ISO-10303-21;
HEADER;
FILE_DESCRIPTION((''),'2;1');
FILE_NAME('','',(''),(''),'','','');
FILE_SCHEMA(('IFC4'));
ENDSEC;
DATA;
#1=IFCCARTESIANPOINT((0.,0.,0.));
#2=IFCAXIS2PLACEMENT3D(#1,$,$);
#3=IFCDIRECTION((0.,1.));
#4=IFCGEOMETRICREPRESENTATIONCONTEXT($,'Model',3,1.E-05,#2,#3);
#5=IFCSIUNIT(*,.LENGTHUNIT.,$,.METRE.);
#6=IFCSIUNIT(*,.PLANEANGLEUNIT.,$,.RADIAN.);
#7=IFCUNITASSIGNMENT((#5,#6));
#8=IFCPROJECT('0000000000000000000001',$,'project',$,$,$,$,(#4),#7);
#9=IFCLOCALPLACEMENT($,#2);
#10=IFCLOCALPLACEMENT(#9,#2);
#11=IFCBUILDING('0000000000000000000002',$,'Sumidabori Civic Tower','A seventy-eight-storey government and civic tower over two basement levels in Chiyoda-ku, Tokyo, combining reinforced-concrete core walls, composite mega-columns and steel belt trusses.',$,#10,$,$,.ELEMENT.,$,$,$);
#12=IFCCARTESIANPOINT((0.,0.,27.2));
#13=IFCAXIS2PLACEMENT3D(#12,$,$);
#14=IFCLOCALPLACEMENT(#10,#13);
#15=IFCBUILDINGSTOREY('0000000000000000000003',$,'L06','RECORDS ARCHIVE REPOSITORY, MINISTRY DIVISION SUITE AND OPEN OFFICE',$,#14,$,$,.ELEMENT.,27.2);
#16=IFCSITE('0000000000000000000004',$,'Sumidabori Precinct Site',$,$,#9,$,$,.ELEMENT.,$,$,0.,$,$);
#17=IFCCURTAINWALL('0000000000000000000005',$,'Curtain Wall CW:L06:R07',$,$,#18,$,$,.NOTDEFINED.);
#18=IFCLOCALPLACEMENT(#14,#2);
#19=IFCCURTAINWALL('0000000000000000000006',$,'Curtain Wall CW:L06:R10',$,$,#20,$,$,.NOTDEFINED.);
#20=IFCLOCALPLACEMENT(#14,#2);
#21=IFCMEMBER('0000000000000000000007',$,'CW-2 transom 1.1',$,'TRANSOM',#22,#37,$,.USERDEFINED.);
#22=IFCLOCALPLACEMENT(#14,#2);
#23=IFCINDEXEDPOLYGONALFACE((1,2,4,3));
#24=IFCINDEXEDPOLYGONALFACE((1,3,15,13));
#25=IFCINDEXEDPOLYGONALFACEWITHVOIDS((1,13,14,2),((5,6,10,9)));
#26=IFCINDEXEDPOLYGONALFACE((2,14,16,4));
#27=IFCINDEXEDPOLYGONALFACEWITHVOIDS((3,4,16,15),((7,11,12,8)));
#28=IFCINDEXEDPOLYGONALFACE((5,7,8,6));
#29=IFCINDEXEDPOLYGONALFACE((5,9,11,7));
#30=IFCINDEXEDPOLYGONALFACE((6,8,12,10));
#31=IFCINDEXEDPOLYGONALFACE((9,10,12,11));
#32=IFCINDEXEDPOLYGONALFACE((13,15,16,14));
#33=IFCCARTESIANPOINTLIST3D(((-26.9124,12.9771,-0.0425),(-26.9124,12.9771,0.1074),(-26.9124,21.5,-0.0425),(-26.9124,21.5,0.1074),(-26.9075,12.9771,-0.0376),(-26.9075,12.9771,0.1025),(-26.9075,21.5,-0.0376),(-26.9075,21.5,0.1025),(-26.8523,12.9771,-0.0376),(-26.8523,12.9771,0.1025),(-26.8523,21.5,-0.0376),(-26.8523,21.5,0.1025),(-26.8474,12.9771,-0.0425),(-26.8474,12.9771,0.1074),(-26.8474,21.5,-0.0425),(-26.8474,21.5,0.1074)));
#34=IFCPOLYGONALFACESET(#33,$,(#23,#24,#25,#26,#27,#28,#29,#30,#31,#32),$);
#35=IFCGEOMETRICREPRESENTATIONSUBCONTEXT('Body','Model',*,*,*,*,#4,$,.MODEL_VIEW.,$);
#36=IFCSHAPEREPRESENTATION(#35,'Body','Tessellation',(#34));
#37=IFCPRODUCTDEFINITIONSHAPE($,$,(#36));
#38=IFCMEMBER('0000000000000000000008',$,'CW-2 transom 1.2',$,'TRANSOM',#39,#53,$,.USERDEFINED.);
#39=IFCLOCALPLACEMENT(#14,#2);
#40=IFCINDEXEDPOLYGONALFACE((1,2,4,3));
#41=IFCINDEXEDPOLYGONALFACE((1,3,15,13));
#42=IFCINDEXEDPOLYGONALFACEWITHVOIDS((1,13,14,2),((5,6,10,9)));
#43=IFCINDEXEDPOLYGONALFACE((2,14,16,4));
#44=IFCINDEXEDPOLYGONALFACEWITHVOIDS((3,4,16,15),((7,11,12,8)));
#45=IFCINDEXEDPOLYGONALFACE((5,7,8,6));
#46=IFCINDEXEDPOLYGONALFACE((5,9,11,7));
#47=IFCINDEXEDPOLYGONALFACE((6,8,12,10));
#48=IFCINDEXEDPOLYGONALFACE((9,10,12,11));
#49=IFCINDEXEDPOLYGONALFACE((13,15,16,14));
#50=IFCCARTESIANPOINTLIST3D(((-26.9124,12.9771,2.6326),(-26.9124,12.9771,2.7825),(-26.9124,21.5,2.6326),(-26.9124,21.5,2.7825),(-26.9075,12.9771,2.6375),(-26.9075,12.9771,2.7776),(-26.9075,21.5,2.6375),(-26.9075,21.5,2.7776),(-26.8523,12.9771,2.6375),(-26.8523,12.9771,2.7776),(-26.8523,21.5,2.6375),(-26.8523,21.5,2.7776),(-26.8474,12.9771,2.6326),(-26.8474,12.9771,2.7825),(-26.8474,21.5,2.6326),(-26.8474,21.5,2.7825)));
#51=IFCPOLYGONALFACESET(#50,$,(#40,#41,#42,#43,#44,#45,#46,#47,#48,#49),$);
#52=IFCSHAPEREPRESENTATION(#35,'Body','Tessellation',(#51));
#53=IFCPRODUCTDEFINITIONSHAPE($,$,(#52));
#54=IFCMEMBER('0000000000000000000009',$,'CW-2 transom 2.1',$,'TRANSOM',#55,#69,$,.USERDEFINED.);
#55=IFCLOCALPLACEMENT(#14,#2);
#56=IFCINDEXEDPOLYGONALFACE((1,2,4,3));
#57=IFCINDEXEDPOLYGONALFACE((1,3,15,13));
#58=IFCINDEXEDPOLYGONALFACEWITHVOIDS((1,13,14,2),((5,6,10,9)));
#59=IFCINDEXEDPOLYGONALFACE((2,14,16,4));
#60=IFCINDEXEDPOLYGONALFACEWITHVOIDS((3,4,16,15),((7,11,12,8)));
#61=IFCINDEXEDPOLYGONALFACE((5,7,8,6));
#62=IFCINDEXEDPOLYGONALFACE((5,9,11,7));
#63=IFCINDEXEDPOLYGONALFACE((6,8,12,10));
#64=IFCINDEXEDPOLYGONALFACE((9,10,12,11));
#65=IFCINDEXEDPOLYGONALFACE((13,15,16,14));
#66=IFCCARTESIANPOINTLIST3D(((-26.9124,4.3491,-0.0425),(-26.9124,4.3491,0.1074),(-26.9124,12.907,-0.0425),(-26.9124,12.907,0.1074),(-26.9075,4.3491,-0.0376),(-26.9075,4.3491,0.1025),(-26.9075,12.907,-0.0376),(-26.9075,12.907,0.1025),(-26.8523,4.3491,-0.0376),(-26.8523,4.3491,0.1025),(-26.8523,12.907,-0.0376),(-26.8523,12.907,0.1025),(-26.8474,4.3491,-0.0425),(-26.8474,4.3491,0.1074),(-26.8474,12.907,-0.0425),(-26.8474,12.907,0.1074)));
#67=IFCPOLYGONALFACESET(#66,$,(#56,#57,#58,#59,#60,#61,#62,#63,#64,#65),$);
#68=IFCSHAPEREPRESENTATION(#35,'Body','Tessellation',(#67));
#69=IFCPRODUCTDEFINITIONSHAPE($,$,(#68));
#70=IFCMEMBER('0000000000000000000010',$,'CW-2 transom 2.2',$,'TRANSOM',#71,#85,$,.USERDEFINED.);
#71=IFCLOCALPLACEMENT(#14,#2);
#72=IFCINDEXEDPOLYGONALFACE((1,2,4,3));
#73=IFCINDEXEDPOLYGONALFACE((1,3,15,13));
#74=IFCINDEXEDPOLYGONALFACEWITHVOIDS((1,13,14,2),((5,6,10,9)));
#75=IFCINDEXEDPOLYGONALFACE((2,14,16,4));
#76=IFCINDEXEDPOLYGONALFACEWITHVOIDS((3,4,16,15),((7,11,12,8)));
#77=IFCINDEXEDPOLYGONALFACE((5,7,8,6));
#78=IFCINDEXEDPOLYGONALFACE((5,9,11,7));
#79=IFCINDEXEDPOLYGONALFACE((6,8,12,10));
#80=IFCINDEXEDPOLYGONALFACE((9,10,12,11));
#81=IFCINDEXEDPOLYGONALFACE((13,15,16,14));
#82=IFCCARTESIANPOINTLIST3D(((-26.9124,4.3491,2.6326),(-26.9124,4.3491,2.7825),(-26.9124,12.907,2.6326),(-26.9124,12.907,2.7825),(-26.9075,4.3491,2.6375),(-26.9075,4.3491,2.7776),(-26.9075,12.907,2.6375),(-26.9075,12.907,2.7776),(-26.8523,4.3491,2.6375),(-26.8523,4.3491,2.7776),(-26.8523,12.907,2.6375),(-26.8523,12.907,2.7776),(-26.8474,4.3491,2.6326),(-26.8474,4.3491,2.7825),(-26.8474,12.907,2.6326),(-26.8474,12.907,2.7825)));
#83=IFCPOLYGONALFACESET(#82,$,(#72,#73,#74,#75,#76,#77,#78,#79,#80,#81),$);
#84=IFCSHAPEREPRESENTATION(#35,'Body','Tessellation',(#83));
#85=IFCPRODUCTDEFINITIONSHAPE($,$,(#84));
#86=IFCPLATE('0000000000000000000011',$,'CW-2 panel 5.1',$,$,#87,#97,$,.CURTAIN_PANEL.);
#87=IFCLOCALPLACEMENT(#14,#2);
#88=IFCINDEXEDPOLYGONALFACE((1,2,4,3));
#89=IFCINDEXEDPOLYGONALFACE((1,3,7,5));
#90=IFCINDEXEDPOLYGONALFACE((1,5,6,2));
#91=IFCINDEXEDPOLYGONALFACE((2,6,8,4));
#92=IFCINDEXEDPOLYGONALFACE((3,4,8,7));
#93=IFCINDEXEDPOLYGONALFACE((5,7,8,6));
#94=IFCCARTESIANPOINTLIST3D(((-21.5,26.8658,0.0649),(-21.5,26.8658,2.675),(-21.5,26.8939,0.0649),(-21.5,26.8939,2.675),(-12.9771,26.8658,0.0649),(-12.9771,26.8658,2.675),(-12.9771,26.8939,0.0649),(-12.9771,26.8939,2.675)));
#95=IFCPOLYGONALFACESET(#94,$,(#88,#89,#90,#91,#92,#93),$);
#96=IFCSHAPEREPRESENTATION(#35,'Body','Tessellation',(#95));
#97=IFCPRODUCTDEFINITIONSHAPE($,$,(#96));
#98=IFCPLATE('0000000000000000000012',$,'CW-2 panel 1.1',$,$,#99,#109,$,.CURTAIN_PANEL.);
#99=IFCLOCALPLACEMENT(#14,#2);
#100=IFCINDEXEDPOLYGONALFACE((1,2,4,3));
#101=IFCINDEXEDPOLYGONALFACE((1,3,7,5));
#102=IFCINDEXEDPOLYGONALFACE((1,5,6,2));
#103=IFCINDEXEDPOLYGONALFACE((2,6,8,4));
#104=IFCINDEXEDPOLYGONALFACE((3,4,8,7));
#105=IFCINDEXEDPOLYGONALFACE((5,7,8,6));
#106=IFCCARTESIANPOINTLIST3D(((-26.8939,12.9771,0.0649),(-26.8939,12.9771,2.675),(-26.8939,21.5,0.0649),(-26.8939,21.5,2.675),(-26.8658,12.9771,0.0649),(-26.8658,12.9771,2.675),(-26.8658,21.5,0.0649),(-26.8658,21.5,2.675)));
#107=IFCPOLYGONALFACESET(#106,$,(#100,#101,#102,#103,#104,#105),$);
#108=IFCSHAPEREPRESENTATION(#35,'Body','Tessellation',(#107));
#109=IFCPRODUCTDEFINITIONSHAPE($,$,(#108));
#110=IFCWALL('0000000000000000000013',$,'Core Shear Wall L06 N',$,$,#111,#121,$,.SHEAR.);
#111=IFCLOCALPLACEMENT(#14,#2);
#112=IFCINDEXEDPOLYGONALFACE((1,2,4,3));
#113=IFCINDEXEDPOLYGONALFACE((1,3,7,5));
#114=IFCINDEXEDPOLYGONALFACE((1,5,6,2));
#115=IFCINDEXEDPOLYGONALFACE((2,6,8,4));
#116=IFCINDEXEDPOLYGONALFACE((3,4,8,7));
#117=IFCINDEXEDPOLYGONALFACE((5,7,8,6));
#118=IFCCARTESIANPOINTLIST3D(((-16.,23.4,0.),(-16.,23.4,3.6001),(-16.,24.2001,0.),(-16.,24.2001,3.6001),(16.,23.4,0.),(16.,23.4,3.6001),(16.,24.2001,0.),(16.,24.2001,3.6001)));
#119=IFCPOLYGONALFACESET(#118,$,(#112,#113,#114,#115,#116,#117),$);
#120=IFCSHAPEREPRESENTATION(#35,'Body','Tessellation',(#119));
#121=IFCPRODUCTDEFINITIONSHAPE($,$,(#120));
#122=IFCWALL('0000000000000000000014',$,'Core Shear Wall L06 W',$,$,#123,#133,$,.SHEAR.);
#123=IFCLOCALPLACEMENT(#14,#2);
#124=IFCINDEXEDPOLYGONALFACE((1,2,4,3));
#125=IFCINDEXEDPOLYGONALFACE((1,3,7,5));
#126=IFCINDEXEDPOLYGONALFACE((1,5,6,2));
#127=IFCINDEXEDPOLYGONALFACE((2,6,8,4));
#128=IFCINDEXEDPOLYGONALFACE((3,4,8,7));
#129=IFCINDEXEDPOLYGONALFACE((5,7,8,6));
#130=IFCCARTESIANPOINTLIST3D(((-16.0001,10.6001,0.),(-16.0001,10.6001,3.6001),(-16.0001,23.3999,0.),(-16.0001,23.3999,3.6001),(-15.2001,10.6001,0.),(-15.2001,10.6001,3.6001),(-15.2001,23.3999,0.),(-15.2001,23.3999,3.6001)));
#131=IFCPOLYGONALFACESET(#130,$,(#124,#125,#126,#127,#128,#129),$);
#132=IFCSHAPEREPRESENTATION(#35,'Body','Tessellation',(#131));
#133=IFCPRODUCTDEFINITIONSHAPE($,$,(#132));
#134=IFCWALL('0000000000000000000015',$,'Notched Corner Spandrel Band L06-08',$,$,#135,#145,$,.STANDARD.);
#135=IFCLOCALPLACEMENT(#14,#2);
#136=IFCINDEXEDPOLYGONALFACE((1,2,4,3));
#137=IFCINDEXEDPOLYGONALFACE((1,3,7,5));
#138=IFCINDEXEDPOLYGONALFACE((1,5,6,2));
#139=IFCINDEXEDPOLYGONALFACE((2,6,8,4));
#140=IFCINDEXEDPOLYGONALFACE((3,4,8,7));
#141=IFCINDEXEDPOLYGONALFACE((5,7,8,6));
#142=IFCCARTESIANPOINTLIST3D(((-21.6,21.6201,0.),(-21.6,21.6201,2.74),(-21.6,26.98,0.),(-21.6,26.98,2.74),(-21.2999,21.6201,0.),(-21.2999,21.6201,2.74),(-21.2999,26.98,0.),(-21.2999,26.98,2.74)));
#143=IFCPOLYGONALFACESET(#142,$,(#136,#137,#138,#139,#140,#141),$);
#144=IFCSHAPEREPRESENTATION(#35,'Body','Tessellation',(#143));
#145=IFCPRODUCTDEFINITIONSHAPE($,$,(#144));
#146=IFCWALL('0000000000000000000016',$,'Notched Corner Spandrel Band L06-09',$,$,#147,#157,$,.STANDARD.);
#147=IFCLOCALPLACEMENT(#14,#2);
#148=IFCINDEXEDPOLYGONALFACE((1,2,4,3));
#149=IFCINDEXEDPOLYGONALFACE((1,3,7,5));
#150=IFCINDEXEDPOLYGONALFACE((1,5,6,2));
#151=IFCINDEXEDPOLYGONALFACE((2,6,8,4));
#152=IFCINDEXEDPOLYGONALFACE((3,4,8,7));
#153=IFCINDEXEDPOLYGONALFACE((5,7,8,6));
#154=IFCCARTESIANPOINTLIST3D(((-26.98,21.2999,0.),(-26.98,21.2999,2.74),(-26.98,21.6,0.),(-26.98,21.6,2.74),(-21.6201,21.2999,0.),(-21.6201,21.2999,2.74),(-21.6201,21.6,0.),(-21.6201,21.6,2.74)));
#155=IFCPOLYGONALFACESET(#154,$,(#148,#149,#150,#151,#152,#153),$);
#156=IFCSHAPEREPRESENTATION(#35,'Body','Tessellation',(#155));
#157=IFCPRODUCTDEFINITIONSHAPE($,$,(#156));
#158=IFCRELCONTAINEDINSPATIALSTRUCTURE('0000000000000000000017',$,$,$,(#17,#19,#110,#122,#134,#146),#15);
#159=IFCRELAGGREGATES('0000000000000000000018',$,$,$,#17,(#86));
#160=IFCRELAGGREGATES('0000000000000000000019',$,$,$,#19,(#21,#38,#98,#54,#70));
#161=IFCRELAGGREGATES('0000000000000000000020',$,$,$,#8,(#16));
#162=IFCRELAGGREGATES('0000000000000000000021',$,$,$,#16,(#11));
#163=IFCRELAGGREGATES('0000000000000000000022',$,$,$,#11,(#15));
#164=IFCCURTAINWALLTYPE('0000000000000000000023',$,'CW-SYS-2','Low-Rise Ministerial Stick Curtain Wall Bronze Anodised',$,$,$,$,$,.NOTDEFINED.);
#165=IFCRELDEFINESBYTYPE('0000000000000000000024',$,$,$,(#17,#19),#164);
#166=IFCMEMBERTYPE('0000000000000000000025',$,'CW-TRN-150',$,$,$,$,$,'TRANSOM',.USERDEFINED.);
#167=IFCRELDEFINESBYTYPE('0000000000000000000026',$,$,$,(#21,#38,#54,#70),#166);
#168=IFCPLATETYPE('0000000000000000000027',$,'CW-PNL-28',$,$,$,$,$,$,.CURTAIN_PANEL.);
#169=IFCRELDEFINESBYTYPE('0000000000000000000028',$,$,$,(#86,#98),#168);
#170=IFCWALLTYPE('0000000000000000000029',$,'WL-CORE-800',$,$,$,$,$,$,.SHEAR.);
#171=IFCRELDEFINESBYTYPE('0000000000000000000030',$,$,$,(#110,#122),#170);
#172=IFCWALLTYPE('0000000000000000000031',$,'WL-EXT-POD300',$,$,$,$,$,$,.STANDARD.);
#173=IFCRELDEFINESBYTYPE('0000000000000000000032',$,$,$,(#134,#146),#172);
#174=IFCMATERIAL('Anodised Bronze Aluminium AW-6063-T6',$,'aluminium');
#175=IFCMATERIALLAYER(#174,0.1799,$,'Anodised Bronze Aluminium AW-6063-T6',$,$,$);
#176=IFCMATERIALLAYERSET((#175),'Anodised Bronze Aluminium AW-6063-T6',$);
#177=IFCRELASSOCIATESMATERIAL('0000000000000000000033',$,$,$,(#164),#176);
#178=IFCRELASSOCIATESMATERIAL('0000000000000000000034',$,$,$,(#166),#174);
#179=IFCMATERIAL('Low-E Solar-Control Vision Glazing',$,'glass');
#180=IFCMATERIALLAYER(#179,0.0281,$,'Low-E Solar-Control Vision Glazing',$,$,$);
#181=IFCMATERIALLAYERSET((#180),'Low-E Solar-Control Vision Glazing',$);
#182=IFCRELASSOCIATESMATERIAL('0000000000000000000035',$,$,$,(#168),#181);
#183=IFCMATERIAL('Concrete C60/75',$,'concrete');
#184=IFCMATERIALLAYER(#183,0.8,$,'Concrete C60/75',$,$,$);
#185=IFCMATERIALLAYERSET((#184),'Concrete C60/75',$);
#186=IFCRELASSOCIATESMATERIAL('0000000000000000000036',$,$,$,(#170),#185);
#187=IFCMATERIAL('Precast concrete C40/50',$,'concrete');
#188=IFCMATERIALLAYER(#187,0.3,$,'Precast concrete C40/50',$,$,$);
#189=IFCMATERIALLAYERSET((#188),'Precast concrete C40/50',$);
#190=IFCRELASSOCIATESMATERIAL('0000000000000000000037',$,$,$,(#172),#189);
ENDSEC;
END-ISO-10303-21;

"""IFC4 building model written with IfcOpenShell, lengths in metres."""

from ifc_helpers import new_model, si_unit, direction, frame, frame_2d, origin, origin_2d, place, context, subcontext, project, spatial, rectangle, hollow_rectangle, extrude, source, transform, mapped, material, layer, layer_set, material_profile, profile_set, type_object, element, aggregate, save


model = new_model("IFC4")

# Units and contexts
model_context = context("Model", 3, precision=1e-05, world=origin(), true_north=direction((0.0, 1.0)))
body_context = subcontext(model_context, "Body", "Model", "MODEL_VIEW")
ifc_project = project(units=[si_unit("LENGTHUNIT", "METRE"), si_unit("PLANEANGLEUNIT", "RADIAN")], contexts=[model_context])

# Site, building, storey
site_placement = place(None, origin())
site = spatial("IfcSite", under=ifc_project, at=site_placement, Name="Sumidabori Precinct Site", CompositionType="ELEMENT", RefElevation=0.0)
building_placement = place(site_placement, origin())
building = spatial("IfcBuilding", under=site, at=building_placement, Name="Sumidabori Civic Tower", Description="A seventy-eight-storey government and civic tower over two basement levels in Chiyoda-ku, Tokyo, combining reinforced-concrete core walls, composite mega-columns and steel belt trusses.", CompositionType="ELEMENT")
storey_placement = place(building_placement, frame((0.0, 0.0, 27.2)))
storey = spatial("IfcBuildingStorey", under=building, at=storey_placement, Name="L06", Description="RECORDS ARCHIVE REPOSITORY, MINISTRY DIVISION SUITE AND OPEN OFFICE", CompositionType="ELEMENT", Elevation=27.2)

# Shared definitions
ifc_material_1 = material(Name="Concrete C60/75", Category="concrete")

# Curtain wall
ifc_material_2 = material(Name="Anodised Bronze Aluminium AW-6063-T6", Category="aluminium")
ifc_layer_1 = layer(ifc_material_2, 0.1799, Name="Anodised Bronze Aluminium AW-6063-T6")
ifc_layer_set_1 = layer_set([ifc_layer_1], Name="Anodised Bronze Aluminium AW-6063-T6")
curtain_wall_type = type_object("IfcCurtainWallType", Name="CW-SYS-2", Description="Low-Rise Ministerial Stick Curtain Wall Bronze Anodised", PredefinedType="NOTDEFINED", material=ifc_layer_set_1)
curtain_wall_1_placement = place(storey_placement, origin())
curtain_wall_1 = element("IfcCurtainWall", 1, at=curtain_wall_1_placement, inside=storey, type_object=curtain_wall_type, Name="Curtain Wall CW:L06:R07", PredefinedType="NOTDEFINED")

# Curtain wall, members
curtain_wall_2_placement = place(storey_placement, origin())
curtain_wall_2 = element("IfcCurtainWall", 2, at=curtain_wall_2_placement, inside=storey, type_object=curtain_wall_type, Name="Curtain Wall CW:L06:R10", PredefinedType="NOTDEFINED")
ifc_material_profile_1 = material_profile(ifc_material_2, hollow_rectangle(XDim=0.0649, YDim=0.1499, WallThickness=0.0049, at=origin_2d()), Name="ALU TRANSOM 150x65")
ifc_profile_set_1 = profile_set([ifc_material_profile_1], Name="Anodised Bronze Aluminium AW-6063-T6")
member_type_1 = type_object("IfcMemberType", Name="CW-TRN-150", ElementType="TRANSOM", PredefinedType="USERDEFINED", material=ifc_profile_set_1)
shared_shape_1 = source(origin(), body_context, "Body", "SweptSolid", [
    extrude(hollow_rectangle(XDim=0.0649, YDim=0.1499, WallThickness=0.0049, at=origin_2d()), origin(), (0.0, 0.0, 1.0), 8.5229),
])
member_1_placement = place(storey_placement, frame((-26.8799, 21.5, 0.0325), z_axis=(0.0, -1.0, 0.0), x_axis=(1.0, 0.0, 0.0)))
member_1 = element("IfcMember", 3, at=member_1_placement, type_object=member_type_1, Name="CW-2 transom 1.1", ObjectType="TRANSOM", PredefinedType="USERDEFINED", context=body_context, shape_type="MappedRepresentation", body=[
    mapped(shared_shape_1, transform((0.0, 0.0, 0.0), x_axis=(1.0, 0.0, 0.0), y_axis=(0.0, 1.0, 0.0), z_axis=(0.0, 0.0, 1.0), scale=1.0)),
])
member_2_placement = place(storey_placement, frame((-26.8799, 21.5, 2.7075), z_axis=(0.0, -1.0, 0.0), x_axis=(1.0, 0.0, 0.0)))
member_2 = element("IfcMember", 4, at=member_2_placement, type_object=member_type_1, Name="CW-2 transom 1.2", ObjectType="TRANSOM", PredefinedType="USERDEFINED", context=body_context, shape_type="MappedRepresentation", body=[
    mapped(shared_shape_1, transform((0.0, 0.0, 0.0), x_axis=(1.0, 0.0, 0.0), y_axis=(0.0, 1.0, 0.0), z_axis=(0.0, 0.0, 1.0), scale=1.0)),
])
shared_shape_2 = source(origin(), body_context, "Body", "SweptSolid", [
    extrude(hollow_rectangle(XDim=0.0649, YDim=0.1499, WallThickness=0.0049, at=origin_2d()), origin(), (0.0, 0.0, 1.0), 8.5579),
])
member_3_placement = place(storey_placement, frame((-26.8799, 12.907, 0.0325), z_axis=(0.0, -1.0, 0.0), x_axis=(1.0, 0.0, 0.0)))
member_3 = element("IfcMember", 5, at=member_3_placement, type_object=member_type_1, Name="CW-2 transom 2.1", ObjectType="TRANSOM", PredefinedType="USERDEFINED", context=body_context, shape_type="MappedRepresentation", body=[
    mapped(shared_shape_2, transform((0.0, 0.0, 0.0), x_axis=(1.0, 0.0, 0.0), y_axis=(0.0, 1.0, 0.0), z_axis=(0.0, 0.0, 1.0), scale=1.0)),
])
member_4_placement = place(storey_placement, frame((-26.8799, 12.907, 2.7075), z_axis=(0.0, -1.0, 0.0), x_axis=(1.0, 0.0, 0.0)))
member_4 = element("IfcMember", 6, at=member_4_placement, type_object=member_type_1, Name="CW-2 transom 2.2", ObjectType="TRANSOM", PredefinedType="USERDEFINED", context=body_context, shape_type="MappedRepresentation", body=[
    mapped(shared_shape_2, transform((0.0, 0.0, 0.0), x_axis=(1.0, 0.0, 0.0), y_axis=(0.0, 1.0, 0.0), z_axis=(0.0, 0.0, 1.0), scale=1.0)),
])

# Plates
ifc_material_3 = material(Name="Low-E Solar-Control Vision Glazing", Category="glass")
ifc_layer_2 = layer(ifc_material_3, 0.0281, Name="Low-E Solar-Control Vision Glazing")
ifc_layer_set_2 = layer_set([ifc_layer_2], Name="Low-E Solar-Control Vision Glazing")
plate_type = type_object("IfcPlateType", Name="CW-PNL-28", PredefinedType="CURTAIN_PANEL", material=ifc_layer_set_2)
shared_shape_3 = source(origin(), body_context, "Body", "SweptSolid", [
    extrude(rectangle(XDim=8.5229, YDim=0.0281, at=origin_2d()), origin(), (0.0, 0.0, 1.0), 2.6101),
])
plate_1_placement = place(storey_placement, frame((-17.2385, 26.8799, 0.0649), z_axis=(0.0, 0.0, 1.0), x_axis=(-1.0, 0.0, 0.0)))
plate_1 = element("IfcPlate", 7, at=plate_1_placement, type_object=plate_type, Name="CW-2 panel 5.1", PredefinedType="CURTAIN_PANEL", context=body_context, shape_type="MappedRepresentation", body=[
    mapped(shared_shape_3, transform((0.0, 0.0, 0.0), x_axis=(1.0, 0.0, 0.0), y_axis=(0.0, 1.0, 0.0), z_axis=(0.0, 0.0, 1.0), scale=1.0)),
])
aggregate(curtain_wall_1, [plate_1])
plate_2_placement = place(storey_placement, frame((-26.8799, 17.2385, 0.0649), z_axis=(0.0, 0.0, 1.0), x_axis=(0.0, -1.0, 0.0)))
plate_2 = element("IfcPlate", 8, at=plate_2_placement, type_object=plate_type, Name="CW-2 panel 1.1", PredefinedType="CURTAIN_PANEL", context=body_context, shape_type="MappedRepresentation", body=[
    mapped(shared_shape_3, transform((0.0, 0.0, 0.0), x_axis=(1.0, 0.0, 0.0), y_axis=(0.0, 1.0, 0.0), z_axis=(0.0, 0.0, 1.0), scale=1.0)),
])
aggregate(curtain_wall_2, [member_1, member_2, plate_2, member_3, member_4])

# Wall
ifc_layer_3 = layer(ifc_material_1, 0.8, Name="Concrete C60/75")
ifc_layer_set_3 = layer_set([ifc_layer_3], Name="Concrete C60/75")
wall_type_1 = type_object("IfcWallType", Name="WL-CORE-800", PredefinedType="SHEAR", material=ifc_layer_set_3)
shared_shape_4 = source(origin(), body_context, "Body", "SweptSolid", [
    extrude(rectangle(XDim=32.0, YDim=0.8, at=frame_2d((16.0, 0.0))), origin(), (0.0, 0.0, 1.0), 3.6001),
])
wall_1_placement = place(storey_placement, frame((-16.0, 23.8, 0.0), z_axis=(0.0, 0.0, 1.0), x_axis=(1.0, 0.0, 0.0)))
element("IfcWall", 9, at=wall_1_placement, inside=storey, type_object=wall_type_1, Name="Core Shear Wall L06 N", PredefinedType="SHEAR", context=body_context, shape_type="MappedRepresentation", body=[
    mapped(shared_shape_4, transform((0.0, 0.0, 0.0), x_axis=(1.0, 0.0, 0.0), y_axis=(0.0, 1.0, 0.0), z_axis=(0.0, 0.0, 1.0), scale=1.0)),
])

# Walls
shared_shape_5 = source(origin(), body_context, "Body", "SweptSolid", [
    extrude(rectangle(XDim=12.7998, YDim=0.8, at=frame_2d((6.3999, 0.0))), origin(), (0.0, 0.0, 1.0), 3.6001),
])
wall_2_placement = place(storey_placement, frame((-15.6001, 10.6001, 0.0), z_axis=(0.0, 0.0, 1.0), x_axis=(0.0, 1.0, 0.0)))
element("IfcWall", 10, at=wall_2_placement, inside=storey, type_object=wall_type_1, Name="Core Shear Wall L06 W", PredefinedType="SHEAR", context=body_context, shape_type="MappedRepresentation", body=[
    mapped(shared_shape_5, transform((0.0, 0.0, 0.0), x_axis=(1.0, 0.0, 0.0), y_axis=(0.0, 1.0, 0.0), z_axis=(0.0, 0.0, 1.0), scale=1.0)),
])
ifc_material_4 = material(Name="Precast concrete C40/50", Category="concrete")
ifc_layer_4 = layer(ifc_material_4, 0.3, Name="Precast concrete C40/50")
ifc_layer_set_4 = layer_set([ifc_layer_4], Name="Precast concrete C40/50")
wall_type_2 = type_object("IfcWallType", Name="WL-EXT-POD300", PredefinedType="STANDARD", material=ifc_layer_set_4)
shared_shape_6 = source(origin(), body_context, "Body", "SweptSolid", [
    extrude(rectangle(XDim=5.3599, YDim=0.3, at=frame_2d((2.6799, 0.0))), origin(), (0.0, 0.0, 1.0), 2.74),
])
for number, where, z_axis, x_axis, name in (
    (11, (-21.45, 26.98, 0.0), (0.0, 0.0, 1.0), (0.0, -1.0, 0.0), "Notched Corner Spandrel Band L06-08"),
    (12, (-21.6201, 21.45, 0.0), (0.0, 0.0, 1.0), (-1.0, 0.0, 0.0), "Notched Corner Spandrel Band L06-09"),
):
    element("IfcWall", number, at=place(storey_placement, frame(where, z_axis=z_axis, x_axis=x_axis)), inside=storey, type_object=wall_type_2, Name=name, PredefinedType="STANDARD", context=body_context, shape_type="MappedRepresentation", body=[
        mapped(shared_shape_6, transform((0.0, 0.0, 0.0), x_axis=(1.0, 0.0, 0.0), y_axis=(0.0, 1.0, 0.0), z_axis=(0.0, 0.0, 1.0), scale=1.0)),
    ])

save(model, "model.ifc")
